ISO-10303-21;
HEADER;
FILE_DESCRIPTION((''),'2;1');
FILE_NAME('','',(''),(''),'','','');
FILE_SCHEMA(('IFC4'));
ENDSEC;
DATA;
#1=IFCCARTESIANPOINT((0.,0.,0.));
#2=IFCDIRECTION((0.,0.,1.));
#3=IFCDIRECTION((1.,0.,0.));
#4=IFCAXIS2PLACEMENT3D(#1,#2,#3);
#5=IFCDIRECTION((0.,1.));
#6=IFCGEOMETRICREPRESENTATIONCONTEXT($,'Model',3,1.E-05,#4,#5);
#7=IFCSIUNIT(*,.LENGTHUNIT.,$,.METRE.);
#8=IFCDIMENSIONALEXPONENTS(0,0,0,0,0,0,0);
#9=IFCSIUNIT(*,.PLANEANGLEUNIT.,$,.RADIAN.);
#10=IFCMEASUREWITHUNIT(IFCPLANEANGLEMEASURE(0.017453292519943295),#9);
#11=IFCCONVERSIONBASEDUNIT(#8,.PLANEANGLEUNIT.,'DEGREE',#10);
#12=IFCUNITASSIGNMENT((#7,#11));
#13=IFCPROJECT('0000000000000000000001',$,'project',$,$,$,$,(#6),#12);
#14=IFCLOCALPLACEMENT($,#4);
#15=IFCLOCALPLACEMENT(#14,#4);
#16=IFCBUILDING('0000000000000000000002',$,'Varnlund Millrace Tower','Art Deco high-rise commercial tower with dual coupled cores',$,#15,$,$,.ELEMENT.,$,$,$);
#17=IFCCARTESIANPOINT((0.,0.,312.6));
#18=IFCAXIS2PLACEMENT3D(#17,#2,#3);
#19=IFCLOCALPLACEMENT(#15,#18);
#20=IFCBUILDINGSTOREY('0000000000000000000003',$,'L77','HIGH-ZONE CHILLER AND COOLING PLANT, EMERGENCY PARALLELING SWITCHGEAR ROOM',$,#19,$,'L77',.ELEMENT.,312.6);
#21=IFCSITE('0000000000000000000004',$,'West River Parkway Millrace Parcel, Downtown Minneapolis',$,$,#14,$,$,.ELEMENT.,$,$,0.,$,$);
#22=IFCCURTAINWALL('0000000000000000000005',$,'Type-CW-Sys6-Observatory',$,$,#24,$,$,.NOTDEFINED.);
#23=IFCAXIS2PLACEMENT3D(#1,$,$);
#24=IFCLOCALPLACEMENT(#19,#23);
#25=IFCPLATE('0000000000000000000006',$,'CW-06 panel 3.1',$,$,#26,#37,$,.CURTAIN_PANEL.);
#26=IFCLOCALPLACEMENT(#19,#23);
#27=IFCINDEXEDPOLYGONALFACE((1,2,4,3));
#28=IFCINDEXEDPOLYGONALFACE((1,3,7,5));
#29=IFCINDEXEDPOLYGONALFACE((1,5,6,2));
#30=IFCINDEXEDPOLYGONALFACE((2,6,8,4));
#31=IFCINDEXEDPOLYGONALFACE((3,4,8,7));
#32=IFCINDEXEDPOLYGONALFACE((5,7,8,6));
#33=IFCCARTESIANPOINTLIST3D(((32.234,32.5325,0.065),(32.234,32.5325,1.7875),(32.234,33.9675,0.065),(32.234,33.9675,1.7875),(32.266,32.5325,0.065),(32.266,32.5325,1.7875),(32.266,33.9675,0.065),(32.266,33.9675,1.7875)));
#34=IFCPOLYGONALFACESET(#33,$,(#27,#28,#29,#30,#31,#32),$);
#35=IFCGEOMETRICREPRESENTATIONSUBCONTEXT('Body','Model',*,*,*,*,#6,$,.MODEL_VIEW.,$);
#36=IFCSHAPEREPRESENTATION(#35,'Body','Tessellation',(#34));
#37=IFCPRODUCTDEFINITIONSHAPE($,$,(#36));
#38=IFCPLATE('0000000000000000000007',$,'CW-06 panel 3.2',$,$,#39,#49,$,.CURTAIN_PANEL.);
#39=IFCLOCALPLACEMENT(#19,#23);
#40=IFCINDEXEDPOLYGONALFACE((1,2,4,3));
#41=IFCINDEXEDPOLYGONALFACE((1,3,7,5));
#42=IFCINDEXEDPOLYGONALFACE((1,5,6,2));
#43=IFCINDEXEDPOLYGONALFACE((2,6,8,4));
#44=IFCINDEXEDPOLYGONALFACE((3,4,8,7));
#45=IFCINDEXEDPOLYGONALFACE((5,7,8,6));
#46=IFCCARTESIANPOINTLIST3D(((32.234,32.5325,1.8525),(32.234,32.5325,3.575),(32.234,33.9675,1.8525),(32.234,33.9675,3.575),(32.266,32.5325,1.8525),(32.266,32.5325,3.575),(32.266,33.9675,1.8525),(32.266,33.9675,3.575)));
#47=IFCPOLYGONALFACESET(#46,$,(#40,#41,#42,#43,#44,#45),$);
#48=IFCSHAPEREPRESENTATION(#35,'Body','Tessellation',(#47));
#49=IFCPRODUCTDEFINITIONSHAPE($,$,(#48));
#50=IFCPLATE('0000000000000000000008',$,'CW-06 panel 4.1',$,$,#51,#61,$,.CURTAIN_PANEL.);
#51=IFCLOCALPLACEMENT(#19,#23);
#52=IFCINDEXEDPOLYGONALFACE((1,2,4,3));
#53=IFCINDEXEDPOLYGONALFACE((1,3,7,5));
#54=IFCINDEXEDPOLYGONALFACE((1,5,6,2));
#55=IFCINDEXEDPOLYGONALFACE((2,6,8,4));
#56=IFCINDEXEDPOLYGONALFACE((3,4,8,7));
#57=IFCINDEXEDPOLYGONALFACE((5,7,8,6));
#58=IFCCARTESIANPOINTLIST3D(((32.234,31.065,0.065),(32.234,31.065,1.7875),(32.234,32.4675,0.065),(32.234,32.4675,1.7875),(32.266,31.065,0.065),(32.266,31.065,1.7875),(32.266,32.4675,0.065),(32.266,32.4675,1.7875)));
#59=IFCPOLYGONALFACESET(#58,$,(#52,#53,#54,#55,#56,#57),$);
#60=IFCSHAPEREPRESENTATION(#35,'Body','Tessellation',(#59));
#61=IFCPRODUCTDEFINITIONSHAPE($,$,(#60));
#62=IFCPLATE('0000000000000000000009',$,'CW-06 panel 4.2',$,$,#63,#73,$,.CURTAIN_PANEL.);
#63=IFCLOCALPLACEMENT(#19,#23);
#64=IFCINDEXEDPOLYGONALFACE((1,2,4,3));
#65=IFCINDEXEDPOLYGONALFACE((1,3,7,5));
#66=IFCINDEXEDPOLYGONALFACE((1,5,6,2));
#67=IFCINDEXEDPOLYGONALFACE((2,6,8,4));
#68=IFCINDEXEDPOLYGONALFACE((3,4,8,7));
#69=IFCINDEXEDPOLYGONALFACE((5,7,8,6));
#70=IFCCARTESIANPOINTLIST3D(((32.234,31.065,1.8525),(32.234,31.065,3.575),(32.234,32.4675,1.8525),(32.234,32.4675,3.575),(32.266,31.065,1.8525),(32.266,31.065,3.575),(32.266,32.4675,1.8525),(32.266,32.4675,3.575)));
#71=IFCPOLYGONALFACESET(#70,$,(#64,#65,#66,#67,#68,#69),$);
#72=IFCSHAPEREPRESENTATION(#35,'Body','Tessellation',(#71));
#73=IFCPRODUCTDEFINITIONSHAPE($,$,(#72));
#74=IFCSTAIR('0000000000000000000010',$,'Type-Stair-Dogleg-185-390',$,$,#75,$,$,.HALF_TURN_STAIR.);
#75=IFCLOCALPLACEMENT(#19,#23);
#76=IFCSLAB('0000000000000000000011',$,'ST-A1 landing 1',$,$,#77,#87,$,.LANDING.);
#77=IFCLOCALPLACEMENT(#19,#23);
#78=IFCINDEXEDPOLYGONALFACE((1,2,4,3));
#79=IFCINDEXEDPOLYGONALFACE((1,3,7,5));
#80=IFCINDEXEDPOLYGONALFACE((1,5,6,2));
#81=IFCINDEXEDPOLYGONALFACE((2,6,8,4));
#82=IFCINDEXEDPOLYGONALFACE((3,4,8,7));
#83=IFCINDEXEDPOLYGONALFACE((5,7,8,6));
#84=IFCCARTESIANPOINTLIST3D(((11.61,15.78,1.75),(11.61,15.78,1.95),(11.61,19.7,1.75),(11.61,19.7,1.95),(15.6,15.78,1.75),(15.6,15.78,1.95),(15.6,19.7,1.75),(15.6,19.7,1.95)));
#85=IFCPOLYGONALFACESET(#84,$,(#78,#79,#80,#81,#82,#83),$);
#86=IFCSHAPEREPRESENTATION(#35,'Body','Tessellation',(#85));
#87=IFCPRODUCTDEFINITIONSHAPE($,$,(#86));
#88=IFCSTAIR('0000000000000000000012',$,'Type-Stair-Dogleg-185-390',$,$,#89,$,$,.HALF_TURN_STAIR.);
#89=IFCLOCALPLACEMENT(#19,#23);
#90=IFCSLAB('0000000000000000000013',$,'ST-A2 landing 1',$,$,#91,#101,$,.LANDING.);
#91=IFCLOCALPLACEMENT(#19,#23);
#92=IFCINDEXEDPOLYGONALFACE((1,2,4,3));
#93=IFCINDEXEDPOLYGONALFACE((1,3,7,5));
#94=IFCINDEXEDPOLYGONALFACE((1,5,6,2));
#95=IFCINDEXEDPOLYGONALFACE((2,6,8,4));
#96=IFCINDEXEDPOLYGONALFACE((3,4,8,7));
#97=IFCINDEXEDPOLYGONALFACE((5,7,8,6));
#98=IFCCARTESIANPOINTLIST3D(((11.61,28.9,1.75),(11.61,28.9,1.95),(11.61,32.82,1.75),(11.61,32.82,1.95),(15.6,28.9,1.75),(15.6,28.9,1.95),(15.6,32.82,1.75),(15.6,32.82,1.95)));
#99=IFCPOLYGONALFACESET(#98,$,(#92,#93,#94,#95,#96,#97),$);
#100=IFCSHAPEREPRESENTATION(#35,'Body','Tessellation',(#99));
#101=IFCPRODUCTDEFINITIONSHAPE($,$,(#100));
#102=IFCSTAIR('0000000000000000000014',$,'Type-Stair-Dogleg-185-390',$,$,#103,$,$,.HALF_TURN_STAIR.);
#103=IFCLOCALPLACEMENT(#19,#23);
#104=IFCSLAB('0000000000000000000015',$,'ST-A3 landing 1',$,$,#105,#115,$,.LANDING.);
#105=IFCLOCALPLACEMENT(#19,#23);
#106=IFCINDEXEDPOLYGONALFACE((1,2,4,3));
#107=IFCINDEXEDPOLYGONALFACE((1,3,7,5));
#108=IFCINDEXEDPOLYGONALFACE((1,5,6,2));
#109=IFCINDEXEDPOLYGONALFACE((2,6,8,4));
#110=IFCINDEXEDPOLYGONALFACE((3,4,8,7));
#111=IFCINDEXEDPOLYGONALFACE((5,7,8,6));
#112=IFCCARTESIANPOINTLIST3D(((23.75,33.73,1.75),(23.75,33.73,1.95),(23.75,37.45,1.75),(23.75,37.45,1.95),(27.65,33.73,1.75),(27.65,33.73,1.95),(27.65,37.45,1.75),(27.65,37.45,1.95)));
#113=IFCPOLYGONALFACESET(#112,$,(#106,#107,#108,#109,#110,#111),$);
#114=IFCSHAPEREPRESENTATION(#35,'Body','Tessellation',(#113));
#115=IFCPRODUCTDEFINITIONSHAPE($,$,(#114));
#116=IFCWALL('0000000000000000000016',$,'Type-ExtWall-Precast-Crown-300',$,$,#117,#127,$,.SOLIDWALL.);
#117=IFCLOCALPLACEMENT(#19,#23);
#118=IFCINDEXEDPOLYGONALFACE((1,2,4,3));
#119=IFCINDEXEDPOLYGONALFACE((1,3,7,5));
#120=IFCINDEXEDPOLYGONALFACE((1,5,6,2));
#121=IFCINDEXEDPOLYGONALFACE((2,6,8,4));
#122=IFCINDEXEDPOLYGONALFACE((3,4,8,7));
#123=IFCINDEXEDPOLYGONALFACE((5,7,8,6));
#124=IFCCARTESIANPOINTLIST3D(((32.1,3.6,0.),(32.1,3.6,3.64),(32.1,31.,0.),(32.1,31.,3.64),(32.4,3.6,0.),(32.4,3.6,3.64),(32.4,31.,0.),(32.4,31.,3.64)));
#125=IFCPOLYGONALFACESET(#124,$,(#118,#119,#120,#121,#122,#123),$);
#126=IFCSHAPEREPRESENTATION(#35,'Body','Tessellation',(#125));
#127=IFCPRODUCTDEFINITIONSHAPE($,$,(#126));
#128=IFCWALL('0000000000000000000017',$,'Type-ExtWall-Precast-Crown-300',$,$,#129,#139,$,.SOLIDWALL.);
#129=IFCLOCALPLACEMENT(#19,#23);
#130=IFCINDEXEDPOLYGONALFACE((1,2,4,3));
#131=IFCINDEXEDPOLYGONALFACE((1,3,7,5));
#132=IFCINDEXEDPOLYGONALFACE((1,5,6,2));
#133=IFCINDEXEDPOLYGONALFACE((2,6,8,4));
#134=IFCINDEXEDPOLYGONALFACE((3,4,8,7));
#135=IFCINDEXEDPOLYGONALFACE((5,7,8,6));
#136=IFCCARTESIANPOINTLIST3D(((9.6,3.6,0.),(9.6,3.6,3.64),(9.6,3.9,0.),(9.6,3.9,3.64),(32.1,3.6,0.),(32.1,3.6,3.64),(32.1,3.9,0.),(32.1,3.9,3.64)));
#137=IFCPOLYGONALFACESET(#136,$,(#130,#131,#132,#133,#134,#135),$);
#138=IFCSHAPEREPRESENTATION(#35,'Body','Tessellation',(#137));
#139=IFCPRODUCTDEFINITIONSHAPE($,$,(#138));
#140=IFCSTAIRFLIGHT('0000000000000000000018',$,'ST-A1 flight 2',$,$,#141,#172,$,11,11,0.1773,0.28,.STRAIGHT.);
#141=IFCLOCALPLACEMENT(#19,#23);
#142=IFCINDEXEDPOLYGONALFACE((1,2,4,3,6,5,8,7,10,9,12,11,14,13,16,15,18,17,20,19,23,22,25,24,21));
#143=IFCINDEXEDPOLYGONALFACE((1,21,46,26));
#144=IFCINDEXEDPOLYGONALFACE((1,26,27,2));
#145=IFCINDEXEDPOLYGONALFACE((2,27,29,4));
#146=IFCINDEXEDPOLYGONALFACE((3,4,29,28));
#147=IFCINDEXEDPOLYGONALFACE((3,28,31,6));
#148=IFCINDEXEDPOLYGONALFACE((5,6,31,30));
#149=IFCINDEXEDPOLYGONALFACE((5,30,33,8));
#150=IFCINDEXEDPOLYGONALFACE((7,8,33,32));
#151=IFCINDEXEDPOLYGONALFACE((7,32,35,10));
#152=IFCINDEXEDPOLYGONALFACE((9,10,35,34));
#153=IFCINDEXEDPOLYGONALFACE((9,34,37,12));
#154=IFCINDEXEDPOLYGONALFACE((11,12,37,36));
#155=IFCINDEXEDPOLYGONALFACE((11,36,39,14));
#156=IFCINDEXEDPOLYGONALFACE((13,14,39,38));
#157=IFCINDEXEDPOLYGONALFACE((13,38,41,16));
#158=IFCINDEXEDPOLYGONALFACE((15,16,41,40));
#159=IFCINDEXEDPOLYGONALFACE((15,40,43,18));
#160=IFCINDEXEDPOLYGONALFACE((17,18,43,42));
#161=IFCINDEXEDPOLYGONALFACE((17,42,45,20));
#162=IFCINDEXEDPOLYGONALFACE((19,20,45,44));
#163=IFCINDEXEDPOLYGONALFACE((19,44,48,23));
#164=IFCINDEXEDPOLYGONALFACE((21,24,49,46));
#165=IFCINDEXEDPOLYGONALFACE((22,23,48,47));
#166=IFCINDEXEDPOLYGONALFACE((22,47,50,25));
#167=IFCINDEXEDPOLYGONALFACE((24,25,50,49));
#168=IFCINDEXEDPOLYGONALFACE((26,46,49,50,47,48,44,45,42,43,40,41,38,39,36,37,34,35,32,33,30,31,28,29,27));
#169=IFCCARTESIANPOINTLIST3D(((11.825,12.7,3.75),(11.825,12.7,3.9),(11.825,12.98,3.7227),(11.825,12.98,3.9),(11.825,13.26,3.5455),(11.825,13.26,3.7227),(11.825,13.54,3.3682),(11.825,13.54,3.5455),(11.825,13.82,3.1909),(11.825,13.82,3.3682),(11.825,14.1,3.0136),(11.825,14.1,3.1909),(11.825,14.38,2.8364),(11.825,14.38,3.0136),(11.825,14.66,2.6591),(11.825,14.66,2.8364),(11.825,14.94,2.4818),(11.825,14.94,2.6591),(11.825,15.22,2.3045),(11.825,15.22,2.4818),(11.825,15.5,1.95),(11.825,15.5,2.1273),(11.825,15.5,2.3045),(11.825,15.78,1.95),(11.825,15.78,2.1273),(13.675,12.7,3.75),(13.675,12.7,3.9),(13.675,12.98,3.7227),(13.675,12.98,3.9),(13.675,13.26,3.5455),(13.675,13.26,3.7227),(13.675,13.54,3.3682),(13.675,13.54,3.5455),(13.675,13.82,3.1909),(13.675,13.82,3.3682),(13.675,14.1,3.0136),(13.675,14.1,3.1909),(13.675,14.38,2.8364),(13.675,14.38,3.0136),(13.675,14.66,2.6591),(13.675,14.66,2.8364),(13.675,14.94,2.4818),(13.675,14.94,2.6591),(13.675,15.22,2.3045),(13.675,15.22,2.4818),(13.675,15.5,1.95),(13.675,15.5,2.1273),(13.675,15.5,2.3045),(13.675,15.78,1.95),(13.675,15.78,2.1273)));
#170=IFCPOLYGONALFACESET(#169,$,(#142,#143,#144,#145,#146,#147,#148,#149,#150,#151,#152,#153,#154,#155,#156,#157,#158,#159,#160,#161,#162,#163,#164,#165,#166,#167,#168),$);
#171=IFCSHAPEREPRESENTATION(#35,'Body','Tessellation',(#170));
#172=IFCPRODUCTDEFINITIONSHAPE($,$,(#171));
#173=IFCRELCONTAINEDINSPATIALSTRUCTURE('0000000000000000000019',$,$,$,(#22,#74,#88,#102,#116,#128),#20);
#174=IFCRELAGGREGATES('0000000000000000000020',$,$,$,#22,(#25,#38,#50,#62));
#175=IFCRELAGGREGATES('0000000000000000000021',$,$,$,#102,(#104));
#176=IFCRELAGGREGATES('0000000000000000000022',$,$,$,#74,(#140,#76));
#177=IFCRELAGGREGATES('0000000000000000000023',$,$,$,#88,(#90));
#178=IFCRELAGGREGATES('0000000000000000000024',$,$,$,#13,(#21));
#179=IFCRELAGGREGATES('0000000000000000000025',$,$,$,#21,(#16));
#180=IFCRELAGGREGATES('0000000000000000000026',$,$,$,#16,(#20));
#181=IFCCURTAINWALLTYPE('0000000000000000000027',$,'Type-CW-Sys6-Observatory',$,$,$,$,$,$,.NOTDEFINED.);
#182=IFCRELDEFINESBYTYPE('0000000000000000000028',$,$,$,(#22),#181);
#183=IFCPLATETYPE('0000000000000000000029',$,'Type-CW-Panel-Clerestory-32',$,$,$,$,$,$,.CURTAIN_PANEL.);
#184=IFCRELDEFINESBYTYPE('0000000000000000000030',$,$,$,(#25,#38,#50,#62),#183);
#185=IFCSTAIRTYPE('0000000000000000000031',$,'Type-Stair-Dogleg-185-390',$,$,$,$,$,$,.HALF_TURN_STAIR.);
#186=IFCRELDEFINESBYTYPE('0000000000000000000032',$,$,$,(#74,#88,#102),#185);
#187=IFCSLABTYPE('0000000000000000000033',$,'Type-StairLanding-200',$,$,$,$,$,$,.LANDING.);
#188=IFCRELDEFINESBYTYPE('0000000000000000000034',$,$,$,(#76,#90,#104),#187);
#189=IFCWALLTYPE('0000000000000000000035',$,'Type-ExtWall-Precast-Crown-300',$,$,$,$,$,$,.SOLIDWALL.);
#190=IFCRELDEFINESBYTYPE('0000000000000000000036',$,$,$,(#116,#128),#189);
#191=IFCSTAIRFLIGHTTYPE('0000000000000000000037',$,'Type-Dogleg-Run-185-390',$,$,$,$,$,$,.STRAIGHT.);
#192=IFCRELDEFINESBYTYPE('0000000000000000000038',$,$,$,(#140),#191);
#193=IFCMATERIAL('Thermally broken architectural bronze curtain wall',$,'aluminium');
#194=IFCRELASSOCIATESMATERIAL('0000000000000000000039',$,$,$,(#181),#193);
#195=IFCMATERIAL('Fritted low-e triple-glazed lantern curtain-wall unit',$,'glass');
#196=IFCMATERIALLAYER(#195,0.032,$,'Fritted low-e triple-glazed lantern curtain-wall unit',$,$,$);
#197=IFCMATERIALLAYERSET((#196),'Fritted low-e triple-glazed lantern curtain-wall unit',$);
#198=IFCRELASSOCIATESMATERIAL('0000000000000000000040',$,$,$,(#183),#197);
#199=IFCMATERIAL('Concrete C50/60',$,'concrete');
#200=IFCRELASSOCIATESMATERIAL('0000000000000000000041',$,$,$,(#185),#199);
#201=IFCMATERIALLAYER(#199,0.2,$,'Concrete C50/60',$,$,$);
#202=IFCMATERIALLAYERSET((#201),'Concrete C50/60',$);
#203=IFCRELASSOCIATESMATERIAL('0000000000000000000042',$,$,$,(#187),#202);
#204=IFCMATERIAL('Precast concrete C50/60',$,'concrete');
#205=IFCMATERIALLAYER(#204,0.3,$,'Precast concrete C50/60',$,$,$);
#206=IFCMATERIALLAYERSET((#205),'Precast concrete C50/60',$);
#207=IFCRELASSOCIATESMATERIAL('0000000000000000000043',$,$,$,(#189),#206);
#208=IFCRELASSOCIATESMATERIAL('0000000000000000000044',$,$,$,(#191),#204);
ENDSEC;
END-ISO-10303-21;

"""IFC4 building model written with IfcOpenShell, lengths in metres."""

from ifc_helpers import new_model, entity, si_unit, converted_unit, direction, frame, origin_with_axes, origin_2d_with_axis, place, context, subcontext, project, spatial, polyline, rectangle, outline, extrude, material, layer, layer_set, type_object, element, aggregate, save


model = new_model("IFC4")

# Units and contexts
model_context = context("Model", 3, precision=1e-05, world=origin_with_axes(), true_north=direction((0.0, 1.0)))
body_context = subcontext(model_context, "Body", "Model", "MODEL_VIEW")
ifc_project = project(units=[si_unit("LENGTHUNIT", "METRE"), converted_unit("PLANEANGLEUNIT", "DEGREE", entity("IfcPlaneAngleMeasure", 0.017453292519943295), si_unit("PLANEANGLEUNIT", "RADIAN"), dimensions=[0, 0, 0, 0, 0, 0, 0])], contexts=[model_context])

# Site, building, storey
site_placement = place(None, origin_with_axes())
site = spatial("IfcSite", under=ifc_project, at=site_placement, Name="West River Parkway Millrace Parcel, Downtown Minneapolis", CompositionType="ELEMENT", RefElevation=0.0)
building_placement = place(site_placement, origin_with_axes())
building = spatial("IfcBuilding", under=site, at=building_placement, Name="Varnlund Millrace Tower", Description="Art Deco high-rise commercial tower with dual coupled cores", CompositionType="ELEMENT")
storey_placement = place(building_placement, frame((0.0, 0.0, 312.6), z_axis=(0.0, 0.0, 1.0), x_axis=(1.0, 0.0, 0.0)))
storey = spatial("IfcBuildingStorey", under=building, at=storey_placement, Name="L77", Description="HIGH-ZONE CHILLER AND COOLING PLANT, EMERGENCY PARALLELING SWITCHGEAR ROOM", LongName="L77", CompositionType="ELEMENT", Elevation=312.6)

# Curtain wall
ifc_material_1 = material(Name="Thermally broken architectural bronze curtain wall", Category="aluminium")
curtain_wall_type = type_object("IfcCurtainWallType", Name="Type-CW-Sys6-Observatory", PredefinedType="NOTDEFINED", material=ifc_material_1)
curtain_wall_placement = place(storey_placement, frame((32.25, 37.0, 0.0), z_axis=(0.0, 0.0, 1.0), x_axis=(1.0, 0.0, 0.0)))
curtain_wall = element("IfcCurtainWall", 1, at=curtain_wall_placement, inside=storey, type_object=curtain_wall_type, Name="Type-CW-Sys6-Observatory", PredefinedType="NOTDEFINED")

# Plates
ifc_material_2 = material(Name="Fritted low-e triple-glazed lantern curtain-wall unit", Category="glass")
ifc_layer_1 = layer(ifc_material_2, 0.032, Name="Fritted low-e triple-glazed lantern curtain-wall unit")
ifc_layer_set_1 = layer_set([ifc_layer_1], Name="Fritted low-e triple-glazed lantern curtain-wall unit")
plate_type = type_object("IfcPlateType", Name="Type-CW-Panel-Clerestory-32", PredefinedType="CURTAIN_PANEL", material=ifc_layer_set_1)
plate_1_placement = place(storey_placement, frame((32.25, 33.25, 0.065), z_axis=(0.0, 0.0, 1.0), x_axis=(0.0, -1.0, 0.0)))
plate_1 = element("IfcPlate", 2, at=plate_1_placement, type_object=plate_type, Name="CW-06 panel 3.1", PredefinedType="CURTAIN_PANEL", context=body_context, shape_type="SweptSolid", body=[
    extrude(rectangle(XDim=1.435, YDim=0.032, at=origin_2d_with_axis()), origin_with_axes(), (0.0, 0.0, 1.0), 1.7225),
])
plate_2_placement = place(storey_placement, frame((32.25, 33.25, 1.8525), z_axis=(0.0, 0.0, 1.0), x_axis=(0.0, -1.0, 0.0)))
plate_2 = element("IfcPlate", 3, at=plate_2_placement, type_object=plate_type, Name="CW-06 panel 3.2", PredefinedType="CURTAIN_PANEL", context=body_context, shape_type="SweptSolid", body=[
    extrude(rectangle(XDim=1.435, YDim=0.032, at=origin_2d_with_axis()), origin_with_axes(), (0.0, 0.0, 1.0), 1.7225),
])
plate_3_placement = place(storey_placement, frame((32.25, 31.7662, 0.065), z_axis=(0.0, 0.0, 1.0), x_axis=(0.0, -1.0, 0.0)))
plate_3 = element("IfcPlate", 4, at=plate_3_placement, type_object=plate_type, Name="CW-06 panel 4.1", PredefinedType="CURTAIN_PANEL", context=body_context, shape_type="SweptSolid", body=[
    extrude(rectangle(XDim=1.4025, YDim=0.032, at=origin_2d_with_axis()), origin_with_axes(), (0.0, 0.0, 1.0), 1.7225),
])
plate_4_placement = place(storey_placement, frame((32.25, 31.7662, 1.8525), z_axis=(0.0, 0.0, 1.0), x_axis=(0.0, -1.0, 0.0)))
plate_4 = element("IfcPlate", 5, at=plate_4_placement, type_object=plate_type, Name="CW-06 panel 4.2", PredefinedType="CURTAIN_PANEL", context=body_context, shape_type="SweptSolid", body=[
    extrude(rectangle(XDim=1.4025, YDim=0.032, at=origin_2d_with_axis()), origin_with_axes(), (0.0, 0.0, 1.0), 1.7225),
])
aggregate(curtain_wall, [plate_1, plate_2, plate_3, plate_4])

# Stairs, slabs
ifc_material_3 = material(Name="Concrete C50/60", Category="concrete")
stair_type = type_object("IfcStairType", Name="Type-Stair-Dogleg-185-390", PredefinedType="HALF_TURN_STAIR", material=ifc_material_3)
stair_1_placement = place(storey_placement, origin_with_axes())
stair_1 = element("IfcStair", 6, at=stair_1_placement, inside=storey, type_object=stair_type, Name="Type-Stair-Dogleg-185-390", PredefinedType="HALF_TURN_STAIR")
ifc_layer_2 = layer(ifc_material_3, 0.2, Name="Concrete C50/60")
ifc_layer_set_2 = layer_set([ifc_layer_2], Name="Concrete C50/60")
slab_type = type_object("IfcSlabType", Name="Type-StairLanding-200", PredefinedType="LANDING", material=ifc_layer_set_2)
slab_1_placement = place(storey_placement, frame((0.0, 0.0, 1.75), z_axis=(0.0, 0.0, 1.0), x_axis=(1.0, 0.0, 0.0)))
slab_1 = element("IfcSlab", 7, at=slab_1_placement, type_object=slab_type, Name="ST-A1 landing 1", PredefinedType="LANDING", context=body_context, shape_type="SweptSolid", body=[
    extrude(outline(polyline([(15.6, 15.78), (15.6, 19.7), (11.61, 19.7), (11.61, 15.78), (15.6, 15.78)])), origin_with_axes(), (0.0, 0.0, 1.0), 0.2),
])
stair_2_placement = place(storey_placement, origin_with_axes())
stair_2 = element("IfcStair", 8, at=stair_2_placement, inside=storey, type_object=stair_type, Name="Type-Stair-Dogleg-185-390", PredefinedType="HALF_TURN_STAIR")
slab_2_placement = place(storey_placement, frame((0.0, 0.0, 1.75), z_axis=(0.0, 0.0, 1.0), x_axis=(1.0, 0.0, 0.0)))
slab_2 = element("IfcSlab", 9, at=slab_2_placement, type_object=slab_type, Name="ST-A2 landing 1", PredefinedType="LANDING", context=body_context, shape_type="SweptSolid", body=[
    extrude(outline(polyline([(11.61, 32.82), (11.61, 28.9), (15.6, 28.9), (15.6, 32.82), (11.61, 32.82)])), origin_with_axes(), (0.0, 0.0, 1.0), 0.2),
])
stair_3_placement = place(storey_placement, origin_with_axes())
stair_3 = element("IfcStair", 10, at=stair_3_placement, inside=storey, type_object=stair_type, Name="Type-Stair-Dogleg-185-390", PredefinedType="HALF_TURN_STAIR")
slab_3_placement = place(storey_placement, frame((0.0, 0.0, 1.75), z_axis=(0.0, 0.0, 1.0), x_axis=(1.0, 0.0, 0.0)))
slab_3 = element("IfcSlab", 11, at=slab_3_placement, type_object=slab_type, Name="ST-A3 landing 1", PredefinedType="LANDING", context=body_context, shape_type="SweptSolid", body=[
    extrude(outline(polyline([(27.65, 33.73), (27.65, 37.45), (23.75, 37.45), (23.75, 33.73), (27.65, 33.73)])), origin_with_axes(), (0.0, 0.0, 1.0), 0.2),
])
aggregate(stair_3, [slab_3])

# Walls
ifc_material_4 = material(Name="Precast concrete C50/60", Category="concrete")
ifc_layer_3 = layer(ifc_material_4, 0.3, Name="Precast concrete C50/60")
ifc_layer_set_3 = layer_set([ifc_layer_3], Name="Precast concrete C50/60")
wall_type = type_object("IfcWallType", Name="Type-ExtWall-Precast-Crown-300", PredefinedType="SOLIDWALL", material=ifc_layer_set_3)
wall_1_placement = place(storey_placement, frame((32.25, 31.0, 0.0), z_axis=(0.0, 0.0, 1.0), x_axis=(0.0, -1.0, 0.0)))
element("IfcWall", 12, at=wall_1_placement, inside=storey, type_object=wall_type, Name="Type-ExtWall-Precast-Crown-300", PredefinedType="SOLIDWALL", context=body_context, shape_type="SweptSolid", body=[
    extrude(outline(polyline([(0.0, -0.15), (27.4, -0.15), (27.4, 0.15), (0.0, 0.15), (0.0, -0.15)])), origin_with_axes(), (0.0, 0.0, 1.0), 3.64),
])
wall_2_placement = place(storey_placement, frame((32.1, 3.75, 0.0), z_axis=(0.0, 0.0, 1.0), x_axis=(-1.0, 0.0, 0.0)))
element("IfcWall", 13, at=wall_2_placement, inside=storey, type_object=wall_type, Name="Type-ExtWall-Precast-Crown-300", PredefinedType="SOLIDWALL", context=body_context, shape_type="SweptSolid", body=[
    extrude(outline(polyline([(0.0, -0.15), (22.5, -0.15), (22.5, 0.15), (0.0, 0.15), (0.0, -0.15)])), origin_with_axes(), (0.0, 0.0, 1.0), 3.64),
])

# Stair flight
stair_flight_type = type_object("IfcStairFlightType", Name="Type-Dogleg-Run-185-390", PredefinedType="STRAIGHT", material=ifc_material_4)
stair_flight_1_placement = place(storey_placement, frame((13.675, 15.78, 1.95), z_axis=(-1.0, 0.0, 0.0), x_axis=(0.0, -1.0, 0.0)))
stair_flight_1 = element("IfcStairFlight", 14, at=stair_flight_1_placement, type_object=stair_flight_type, Name="ST-A1 flight 2", NumberOfRisers=11, NumberOfTreads=11, PredefinedType="STRAIGHT", RiserHeight=0.1773, TreadLength=0.28, context=body_context, shape_type="SweptSolid", body=[
    extrude(outline(polyline([(0.0, 0.0), (0.0, 0.1773), (0.28, 0.1773), (0.28, 0.3545), (0.56, 0.3545), (0.56, 0.5318), (0.84, 0.5318), (0.84, 0.7091), (1.12, 0.7091), (1.12, 0.8864), (1.4, 0.8864), (1.4, 1.0636), (1.68, 1.0636), (1.68, 1.2409), (1.96, 1.2409), (1.96, 1.4182), (2.24, 1.4182), (2.24, 1.5955), (2.52, 1.5955), (2.52, 1.7727), (2.8, 1.7727), (2.8, 1.95), (3.08, 1.95), (3.08, 1.8), (0.28, 0.0), (0.0, 0.0)])), origin_with_axes(), (0.0, 0.0, 1.0), 1.85),
])
aggregate(stair_1, [stair_flight_1, slab_1])
aggregate(stair_2, [slab_2])

save(model, "model.ifc")
